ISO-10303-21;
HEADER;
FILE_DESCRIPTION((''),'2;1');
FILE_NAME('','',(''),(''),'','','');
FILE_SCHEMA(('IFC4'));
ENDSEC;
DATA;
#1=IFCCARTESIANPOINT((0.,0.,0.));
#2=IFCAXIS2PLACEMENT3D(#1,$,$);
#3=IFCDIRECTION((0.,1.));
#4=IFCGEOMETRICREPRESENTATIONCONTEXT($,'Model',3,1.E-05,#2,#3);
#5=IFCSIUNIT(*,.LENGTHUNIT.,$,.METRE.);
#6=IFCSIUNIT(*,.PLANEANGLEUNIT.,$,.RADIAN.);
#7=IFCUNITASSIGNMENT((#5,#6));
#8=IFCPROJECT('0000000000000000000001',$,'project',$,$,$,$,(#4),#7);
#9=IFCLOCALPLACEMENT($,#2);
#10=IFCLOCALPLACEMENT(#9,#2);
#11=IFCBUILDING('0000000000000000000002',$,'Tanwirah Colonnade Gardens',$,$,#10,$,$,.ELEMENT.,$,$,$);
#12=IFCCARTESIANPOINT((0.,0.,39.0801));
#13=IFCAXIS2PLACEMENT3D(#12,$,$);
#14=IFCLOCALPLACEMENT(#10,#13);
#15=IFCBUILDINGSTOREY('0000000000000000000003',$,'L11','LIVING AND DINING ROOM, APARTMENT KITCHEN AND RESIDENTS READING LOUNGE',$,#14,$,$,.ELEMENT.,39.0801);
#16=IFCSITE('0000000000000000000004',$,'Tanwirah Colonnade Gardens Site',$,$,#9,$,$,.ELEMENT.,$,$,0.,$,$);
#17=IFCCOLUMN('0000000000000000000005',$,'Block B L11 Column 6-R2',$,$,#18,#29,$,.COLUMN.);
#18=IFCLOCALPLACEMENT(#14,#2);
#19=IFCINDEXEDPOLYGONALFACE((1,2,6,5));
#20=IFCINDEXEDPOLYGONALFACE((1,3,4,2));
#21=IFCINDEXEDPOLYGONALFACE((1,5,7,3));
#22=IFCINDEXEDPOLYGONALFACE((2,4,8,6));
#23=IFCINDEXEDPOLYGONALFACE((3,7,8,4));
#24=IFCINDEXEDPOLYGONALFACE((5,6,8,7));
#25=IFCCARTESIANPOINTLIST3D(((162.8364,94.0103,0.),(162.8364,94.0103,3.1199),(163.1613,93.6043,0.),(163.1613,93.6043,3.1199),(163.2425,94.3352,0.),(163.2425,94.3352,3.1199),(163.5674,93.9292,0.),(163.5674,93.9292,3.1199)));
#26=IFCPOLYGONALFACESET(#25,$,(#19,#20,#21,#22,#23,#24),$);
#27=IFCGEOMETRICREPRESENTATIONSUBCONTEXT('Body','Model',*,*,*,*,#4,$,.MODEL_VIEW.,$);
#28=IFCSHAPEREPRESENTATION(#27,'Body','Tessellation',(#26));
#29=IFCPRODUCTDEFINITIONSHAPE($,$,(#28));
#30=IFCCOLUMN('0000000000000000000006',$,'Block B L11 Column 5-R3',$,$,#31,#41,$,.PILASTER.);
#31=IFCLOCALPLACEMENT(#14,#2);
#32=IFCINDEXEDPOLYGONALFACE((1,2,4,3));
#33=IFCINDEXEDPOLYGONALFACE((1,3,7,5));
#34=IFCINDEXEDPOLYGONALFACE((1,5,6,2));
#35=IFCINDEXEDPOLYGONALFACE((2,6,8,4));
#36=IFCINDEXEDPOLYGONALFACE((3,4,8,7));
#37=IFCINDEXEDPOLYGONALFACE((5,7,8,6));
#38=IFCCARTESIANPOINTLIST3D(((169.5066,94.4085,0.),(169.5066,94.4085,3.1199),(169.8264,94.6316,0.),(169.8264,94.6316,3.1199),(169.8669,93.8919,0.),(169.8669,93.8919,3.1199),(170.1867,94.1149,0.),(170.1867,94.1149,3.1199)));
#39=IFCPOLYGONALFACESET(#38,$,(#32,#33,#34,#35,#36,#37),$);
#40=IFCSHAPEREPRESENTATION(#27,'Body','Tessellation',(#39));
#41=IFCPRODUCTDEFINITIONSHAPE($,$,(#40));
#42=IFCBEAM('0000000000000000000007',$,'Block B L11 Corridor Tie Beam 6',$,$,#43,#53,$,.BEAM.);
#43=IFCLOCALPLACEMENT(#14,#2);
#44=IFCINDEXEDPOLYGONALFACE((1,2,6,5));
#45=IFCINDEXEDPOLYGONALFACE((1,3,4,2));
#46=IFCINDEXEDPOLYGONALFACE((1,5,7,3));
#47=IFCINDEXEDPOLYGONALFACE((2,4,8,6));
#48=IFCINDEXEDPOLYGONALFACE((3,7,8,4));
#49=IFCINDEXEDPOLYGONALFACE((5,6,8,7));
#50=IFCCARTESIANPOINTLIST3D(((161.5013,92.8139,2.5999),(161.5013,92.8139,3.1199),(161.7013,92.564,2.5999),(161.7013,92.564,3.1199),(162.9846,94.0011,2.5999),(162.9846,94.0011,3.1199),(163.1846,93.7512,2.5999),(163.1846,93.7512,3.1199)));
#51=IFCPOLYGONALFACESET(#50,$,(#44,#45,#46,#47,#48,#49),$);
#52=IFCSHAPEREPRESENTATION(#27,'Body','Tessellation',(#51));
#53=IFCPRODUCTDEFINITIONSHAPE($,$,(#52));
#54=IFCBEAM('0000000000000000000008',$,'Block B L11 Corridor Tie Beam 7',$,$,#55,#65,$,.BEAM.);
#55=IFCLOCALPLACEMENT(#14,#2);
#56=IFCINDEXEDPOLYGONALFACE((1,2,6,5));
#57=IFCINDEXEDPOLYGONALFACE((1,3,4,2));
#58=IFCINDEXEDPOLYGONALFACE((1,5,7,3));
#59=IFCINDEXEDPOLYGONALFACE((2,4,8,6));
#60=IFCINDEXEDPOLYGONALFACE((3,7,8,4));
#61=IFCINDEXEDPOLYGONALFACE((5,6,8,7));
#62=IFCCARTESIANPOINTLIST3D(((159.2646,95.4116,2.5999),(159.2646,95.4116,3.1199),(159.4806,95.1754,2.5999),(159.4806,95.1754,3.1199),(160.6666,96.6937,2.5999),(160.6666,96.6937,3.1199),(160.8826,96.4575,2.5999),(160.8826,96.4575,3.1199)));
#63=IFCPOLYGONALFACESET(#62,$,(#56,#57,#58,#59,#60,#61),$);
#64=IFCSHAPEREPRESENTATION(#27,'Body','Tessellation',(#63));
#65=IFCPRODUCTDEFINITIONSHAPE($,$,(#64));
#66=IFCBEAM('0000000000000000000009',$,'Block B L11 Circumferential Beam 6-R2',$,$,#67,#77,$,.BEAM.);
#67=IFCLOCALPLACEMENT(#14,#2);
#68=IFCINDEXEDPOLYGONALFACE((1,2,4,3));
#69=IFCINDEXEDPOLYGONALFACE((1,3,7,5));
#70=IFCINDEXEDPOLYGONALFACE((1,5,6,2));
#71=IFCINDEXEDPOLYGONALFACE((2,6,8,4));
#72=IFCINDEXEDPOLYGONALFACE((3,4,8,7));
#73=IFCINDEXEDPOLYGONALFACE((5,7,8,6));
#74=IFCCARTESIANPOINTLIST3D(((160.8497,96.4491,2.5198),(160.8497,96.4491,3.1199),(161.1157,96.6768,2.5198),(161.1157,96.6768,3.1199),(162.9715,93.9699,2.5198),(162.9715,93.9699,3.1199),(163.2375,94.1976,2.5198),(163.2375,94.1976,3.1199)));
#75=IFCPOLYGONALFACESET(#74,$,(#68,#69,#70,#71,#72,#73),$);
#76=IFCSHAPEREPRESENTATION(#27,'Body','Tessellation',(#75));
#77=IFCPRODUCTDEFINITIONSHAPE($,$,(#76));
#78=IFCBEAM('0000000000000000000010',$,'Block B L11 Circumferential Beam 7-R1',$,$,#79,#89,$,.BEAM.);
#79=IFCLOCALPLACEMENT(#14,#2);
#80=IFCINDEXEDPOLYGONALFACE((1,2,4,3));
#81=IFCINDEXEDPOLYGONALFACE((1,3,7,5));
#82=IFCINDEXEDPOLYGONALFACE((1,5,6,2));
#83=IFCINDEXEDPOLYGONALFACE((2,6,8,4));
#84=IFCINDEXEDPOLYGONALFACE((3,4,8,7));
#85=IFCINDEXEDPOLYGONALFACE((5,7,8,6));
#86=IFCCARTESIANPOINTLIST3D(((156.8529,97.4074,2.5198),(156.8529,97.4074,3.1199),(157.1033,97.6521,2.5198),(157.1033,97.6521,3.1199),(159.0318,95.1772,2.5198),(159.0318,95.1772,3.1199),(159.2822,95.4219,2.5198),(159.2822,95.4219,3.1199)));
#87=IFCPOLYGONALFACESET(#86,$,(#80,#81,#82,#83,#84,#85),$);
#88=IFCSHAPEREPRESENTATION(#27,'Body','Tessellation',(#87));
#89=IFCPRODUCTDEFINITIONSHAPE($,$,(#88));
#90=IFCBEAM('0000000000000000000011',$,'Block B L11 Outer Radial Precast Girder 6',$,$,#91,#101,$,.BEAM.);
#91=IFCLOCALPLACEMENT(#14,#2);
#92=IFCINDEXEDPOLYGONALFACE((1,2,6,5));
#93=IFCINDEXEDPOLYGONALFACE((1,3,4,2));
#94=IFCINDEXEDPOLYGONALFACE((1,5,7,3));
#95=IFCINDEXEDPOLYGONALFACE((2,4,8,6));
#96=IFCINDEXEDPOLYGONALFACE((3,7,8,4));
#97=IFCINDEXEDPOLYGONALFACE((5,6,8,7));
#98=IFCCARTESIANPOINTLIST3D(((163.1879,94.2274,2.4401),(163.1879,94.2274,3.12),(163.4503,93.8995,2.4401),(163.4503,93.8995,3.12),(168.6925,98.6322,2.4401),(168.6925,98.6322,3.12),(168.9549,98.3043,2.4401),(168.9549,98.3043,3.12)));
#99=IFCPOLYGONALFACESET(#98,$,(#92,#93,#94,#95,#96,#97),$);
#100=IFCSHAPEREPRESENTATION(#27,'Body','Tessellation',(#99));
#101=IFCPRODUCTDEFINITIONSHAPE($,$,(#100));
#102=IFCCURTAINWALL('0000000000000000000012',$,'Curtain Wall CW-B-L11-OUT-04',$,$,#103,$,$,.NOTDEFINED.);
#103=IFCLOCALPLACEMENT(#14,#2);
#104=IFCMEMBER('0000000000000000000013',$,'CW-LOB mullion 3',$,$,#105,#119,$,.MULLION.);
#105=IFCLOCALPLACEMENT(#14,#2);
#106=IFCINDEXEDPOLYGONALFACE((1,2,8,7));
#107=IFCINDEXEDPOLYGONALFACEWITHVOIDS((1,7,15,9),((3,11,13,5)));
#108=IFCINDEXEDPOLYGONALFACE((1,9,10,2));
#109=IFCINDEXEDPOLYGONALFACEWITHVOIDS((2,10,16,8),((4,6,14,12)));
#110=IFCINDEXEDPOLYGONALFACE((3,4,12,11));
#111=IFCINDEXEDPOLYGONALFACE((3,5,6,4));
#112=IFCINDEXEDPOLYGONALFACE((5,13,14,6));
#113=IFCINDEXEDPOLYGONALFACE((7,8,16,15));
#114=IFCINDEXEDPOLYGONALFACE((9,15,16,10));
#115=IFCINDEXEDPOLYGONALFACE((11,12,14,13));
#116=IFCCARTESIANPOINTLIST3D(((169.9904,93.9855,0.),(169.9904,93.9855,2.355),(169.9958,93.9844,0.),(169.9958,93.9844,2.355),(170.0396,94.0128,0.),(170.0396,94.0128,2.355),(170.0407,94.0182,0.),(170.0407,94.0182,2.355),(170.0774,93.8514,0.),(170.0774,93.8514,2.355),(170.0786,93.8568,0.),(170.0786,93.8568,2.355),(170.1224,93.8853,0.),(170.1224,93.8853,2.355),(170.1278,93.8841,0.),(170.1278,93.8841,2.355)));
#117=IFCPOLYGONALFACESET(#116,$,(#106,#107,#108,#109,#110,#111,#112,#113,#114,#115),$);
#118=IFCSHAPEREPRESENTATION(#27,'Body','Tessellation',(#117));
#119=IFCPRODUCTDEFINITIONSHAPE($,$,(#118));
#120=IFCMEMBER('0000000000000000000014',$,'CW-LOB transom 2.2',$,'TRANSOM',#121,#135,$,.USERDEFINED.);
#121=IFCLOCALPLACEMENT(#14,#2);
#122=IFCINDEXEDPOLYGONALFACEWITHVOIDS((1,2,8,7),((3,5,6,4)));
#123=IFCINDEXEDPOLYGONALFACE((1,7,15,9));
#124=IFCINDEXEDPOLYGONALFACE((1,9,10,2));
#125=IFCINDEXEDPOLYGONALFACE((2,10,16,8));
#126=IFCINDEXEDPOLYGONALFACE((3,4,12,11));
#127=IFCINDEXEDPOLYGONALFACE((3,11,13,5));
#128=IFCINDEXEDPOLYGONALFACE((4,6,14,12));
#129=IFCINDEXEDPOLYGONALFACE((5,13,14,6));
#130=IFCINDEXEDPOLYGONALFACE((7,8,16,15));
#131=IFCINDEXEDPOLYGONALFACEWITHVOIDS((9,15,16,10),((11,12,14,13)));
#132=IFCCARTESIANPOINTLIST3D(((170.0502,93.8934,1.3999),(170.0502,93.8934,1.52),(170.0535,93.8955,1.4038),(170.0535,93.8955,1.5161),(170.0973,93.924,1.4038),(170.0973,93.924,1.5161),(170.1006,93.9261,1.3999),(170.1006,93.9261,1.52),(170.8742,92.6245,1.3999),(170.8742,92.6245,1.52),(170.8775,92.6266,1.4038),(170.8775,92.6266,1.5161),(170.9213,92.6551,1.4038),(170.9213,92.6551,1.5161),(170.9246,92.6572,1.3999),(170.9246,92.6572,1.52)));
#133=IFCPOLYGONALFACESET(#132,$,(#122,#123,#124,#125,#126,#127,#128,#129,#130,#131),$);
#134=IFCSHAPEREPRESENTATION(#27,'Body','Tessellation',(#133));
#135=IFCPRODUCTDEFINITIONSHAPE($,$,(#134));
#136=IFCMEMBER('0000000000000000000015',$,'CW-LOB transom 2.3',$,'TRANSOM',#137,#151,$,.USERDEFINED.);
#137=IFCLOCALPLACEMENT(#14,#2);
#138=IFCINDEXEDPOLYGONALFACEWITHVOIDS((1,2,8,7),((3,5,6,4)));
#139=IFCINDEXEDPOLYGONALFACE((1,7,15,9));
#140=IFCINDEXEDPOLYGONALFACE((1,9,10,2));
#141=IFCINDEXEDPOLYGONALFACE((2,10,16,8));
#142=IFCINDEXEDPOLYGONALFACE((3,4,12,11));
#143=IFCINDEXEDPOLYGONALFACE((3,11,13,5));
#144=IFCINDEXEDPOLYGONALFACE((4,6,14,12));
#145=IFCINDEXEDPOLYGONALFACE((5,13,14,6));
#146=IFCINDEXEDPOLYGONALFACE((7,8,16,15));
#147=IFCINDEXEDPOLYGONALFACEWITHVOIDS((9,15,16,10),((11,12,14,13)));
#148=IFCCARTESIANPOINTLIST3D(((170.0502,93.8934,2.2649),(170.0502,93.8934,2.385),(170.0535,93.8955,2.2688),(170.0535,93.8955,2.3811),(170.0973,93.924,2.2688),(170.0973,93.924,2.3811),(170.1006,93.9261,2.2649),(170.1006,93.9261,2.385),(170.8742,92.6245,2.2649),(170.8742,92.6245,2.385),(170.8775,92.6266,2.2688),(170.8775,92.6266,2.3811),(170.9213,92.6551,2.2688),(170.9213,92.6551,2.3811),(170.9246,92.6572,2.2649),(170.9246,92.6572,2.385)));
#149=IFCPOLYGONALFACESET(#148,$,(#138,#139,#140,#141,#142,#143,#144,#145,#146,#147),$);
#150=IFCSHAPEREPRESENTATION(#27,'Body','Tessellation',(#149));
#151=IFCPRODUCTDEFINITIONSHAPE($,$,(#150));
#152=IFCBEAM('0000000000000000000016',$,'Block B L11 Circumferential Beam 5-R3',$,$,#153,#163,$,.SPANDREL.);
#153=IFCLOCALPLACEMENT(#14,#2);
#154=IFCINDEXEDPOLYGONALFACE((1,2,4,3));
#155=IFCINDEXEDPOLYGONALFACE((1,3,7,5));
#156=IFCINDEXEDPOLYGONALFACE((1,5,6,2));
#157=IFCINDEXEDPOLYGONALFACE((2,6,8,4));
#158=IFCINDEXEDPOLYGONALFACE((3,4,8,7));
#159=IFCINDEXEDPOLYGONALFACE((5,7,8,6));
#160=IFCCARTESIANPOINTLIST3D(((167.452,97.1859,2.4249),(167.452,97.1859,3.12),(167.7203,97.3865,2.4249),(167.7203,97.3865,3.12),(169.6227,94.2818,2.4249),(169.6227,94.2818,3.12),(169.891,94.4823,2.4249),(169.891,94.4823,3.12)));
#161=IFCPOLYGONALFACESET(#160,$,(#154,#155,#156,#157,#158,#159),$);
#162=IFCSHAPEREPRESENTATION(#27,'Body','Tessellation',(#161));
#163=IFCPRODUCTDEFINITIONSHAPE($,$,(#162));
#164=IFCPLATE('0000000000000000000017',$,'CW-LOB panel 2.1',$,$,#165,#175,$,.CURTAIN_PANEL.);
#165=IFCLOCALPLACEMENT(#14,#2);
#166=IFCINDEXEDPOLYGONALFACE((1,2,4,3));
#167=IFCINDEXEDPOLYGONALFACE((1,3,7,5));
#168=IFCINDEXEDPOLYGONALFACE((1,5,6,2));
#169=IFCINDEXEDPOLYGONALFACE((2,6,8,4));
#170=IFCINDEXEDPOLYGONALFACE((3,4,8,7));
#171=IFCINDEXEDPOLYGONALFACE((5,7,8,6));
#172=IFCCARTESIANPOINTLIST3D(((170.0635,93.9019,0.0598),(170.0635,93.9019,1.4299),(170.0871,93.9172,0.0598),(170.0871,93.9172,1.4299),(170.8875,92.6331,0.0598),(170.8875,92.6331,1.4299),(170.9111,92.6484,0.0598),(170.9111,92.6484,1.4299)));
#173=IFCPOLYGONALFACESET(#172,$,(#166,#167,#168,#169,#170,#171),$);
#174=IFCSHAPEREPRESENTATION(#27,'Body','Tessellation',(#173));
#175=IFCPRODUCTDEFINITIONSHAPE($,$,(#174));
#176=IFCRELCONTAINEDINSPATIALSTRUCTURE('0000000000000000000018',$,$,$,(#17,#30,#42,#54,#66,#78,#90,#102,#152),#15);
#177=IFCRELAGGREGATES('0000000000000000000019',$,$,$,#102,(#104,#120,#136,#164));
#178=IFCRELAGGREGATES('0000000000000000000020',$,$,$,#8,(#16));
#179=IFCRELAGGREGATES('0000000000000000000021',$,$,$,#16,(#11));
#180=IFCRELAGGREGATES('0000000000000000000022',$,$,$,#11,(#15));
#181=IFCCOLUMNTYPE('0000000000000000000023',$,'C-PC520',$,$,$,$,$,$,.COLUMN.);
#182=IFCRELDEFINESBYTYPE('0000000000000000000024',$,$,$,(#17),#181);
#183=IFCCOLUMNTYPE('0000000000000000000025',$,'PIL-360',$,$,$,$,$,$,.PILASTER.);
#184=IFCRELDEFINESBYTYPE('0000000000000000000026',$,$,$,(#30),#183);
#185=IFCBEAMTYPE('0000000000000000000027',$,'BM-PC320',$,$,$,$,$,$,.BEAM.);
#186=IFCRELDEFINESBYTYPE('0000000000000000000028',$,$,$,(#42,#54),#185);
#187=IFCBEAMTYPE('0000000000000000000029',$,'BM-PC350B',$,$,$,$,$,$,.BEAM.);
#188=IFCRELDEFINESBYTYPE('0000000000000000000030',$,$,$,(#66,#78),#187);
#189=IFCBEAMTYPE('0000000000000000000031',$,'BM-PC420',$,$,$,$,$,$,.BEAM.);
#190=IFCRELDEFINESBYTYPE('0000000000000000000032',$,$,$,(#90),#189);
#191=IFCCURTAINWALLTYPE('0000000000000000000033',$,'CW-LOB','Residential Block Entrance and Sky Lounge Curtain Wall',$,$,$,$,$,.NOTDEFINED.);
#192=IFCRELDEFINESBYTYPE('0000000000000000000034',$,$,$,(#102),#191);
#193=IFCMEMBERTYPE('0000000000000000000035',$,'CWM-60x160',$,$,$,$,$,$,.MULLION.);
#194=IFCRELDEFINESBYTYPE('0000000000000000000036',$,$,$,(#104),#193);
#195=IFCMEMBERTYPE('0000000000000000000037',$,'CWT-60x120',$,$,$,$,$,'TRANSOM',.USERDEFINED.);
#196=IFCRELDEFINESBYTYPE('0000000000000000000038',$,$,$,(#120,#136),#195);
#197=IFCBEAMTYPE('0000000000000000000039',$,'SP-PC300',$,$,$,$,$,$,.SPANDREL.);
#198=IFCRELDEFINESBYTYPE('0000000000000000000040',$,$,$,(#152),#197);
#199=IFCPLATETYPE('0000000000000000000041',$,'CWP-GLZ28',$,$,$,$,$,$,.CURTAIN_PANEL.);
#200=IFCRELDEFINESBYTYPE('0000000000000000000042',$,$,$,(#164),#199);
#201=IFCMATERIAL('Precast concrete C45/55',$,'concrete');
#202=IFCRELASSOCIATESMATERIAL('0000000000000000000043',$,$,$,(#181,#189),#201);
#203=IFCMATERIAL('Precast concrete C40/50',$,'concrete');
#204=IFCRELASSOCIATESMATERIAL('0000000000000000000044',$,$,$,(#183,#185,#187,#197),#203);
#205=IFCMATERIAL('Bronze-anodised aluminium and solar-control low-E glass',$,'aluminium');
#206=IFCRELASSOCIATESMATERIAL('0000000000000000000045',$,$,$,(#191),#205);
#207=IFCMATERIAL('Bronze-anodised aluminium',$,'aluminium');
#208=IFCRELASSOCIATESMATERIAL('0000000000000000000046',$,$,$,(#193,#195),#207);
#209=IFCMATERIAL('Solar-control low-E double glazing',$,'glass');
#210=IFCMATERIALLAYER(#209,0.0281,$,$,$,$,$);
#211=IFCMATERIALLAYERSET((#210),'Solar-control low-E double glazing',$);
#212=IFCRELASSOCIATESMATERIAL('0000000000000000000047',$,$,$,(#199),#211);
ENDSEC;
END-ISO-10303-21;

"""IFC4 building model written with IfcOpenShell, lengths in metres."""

from ifc_helpers import new_model, si_unit, direction, frame, origin, origin_2d, place, context, subcontext, project, spatial, rectangle, hollow_rectangle, extrude, material, layer, layer_set, material_profile, profile_set, type_object, element, aggregate, save


model = new_model("IFC4")

# Units and contexts
model_context = context("Model", 3, precision=1e-05, world=origin(), true_north=direction((0.0, 1.0)))
body_context = subcontext(model_context, "Body", "Model", "MODEL_VIEW")
ifc_project = project(units=[si_unit("LENGTHUNIT", "METRE"), si_unit("PLANEANGLEUNIT", "RADIAN")], contexts=[model_context])

# Site, building, storey
site_placement = place(None, origin())
site = spatial("IfcSite", under=ifc_project, at=site_placement, Name="Tanwirah Colonnade Gardens Site", CompositionType="ELEMENT", RefElevation=0.0)
building_placement = place(site_placement, origin())
building = spatial("IfcBuilding", under=site, at=building_placement, Name="Tanwirah Colonnade Gardens", CompositionType="ELEMENT")
storey_placement = place(building_placement, frame((0.0, 0.0, 39.0801)))
storey = spatial("IfcBuildingStorey", under=building, at=storey_placement, Name="L11", Description="LIVING AND DINING ROOM, APARTMENT KITCHEN AND RESIDENTS READING LOUNGE", CompositionType="ELEMENT", Elevation=39.0801)

# Columns
ifc_material_1 = material(Name="Precast concrete C45/55", Category="concrete")
ifc_material_profile_1 = material_profile(ifc_material_1, rectangle(XDim=0.52, YDim=0.52, at=origin_2d()), Name="PC-COL 520x520")
ifc_profile_set_1 = profile_set([ifc_material_profile_1], Name="Precast concrete C45/55")
column_type_1 = type_object("IfcColumnType", Name="C-PC520", PredefinedType="COLUMN", material=ifc_profile_set_1)
column_1_placement = place(storey_placement, frame((163.2019, 93.9697, 0.0), z_axis=(0.0, 0.0, 1.0), x_axis=(0.780794, 0.624789, 0.0)))
element("IfcColumn", 1, at=column_1_placement, inside=storey, type_object=column_type_1, Name="Block B L11 Column 6-R2", PredefinedType="COLUMN", context=body_context, shape_type="SweptSolid", body=[
    extrude(rectangle(XDim=0.52, YDim=0.52, at=origin_2d()), origin(), (0.0, 0.0, 1.0), 3.1199),
])
ifc_material_2 = material(Name="Precast concrete C40/50", Category="concrete")
ifc_material_profile_2 = material_profile(ifc_material_2, rectangle(XDim=0.3899, YDim=0.6299, at=origin_2d()), Name="PC-PIL 390x630")
ifc_profile_set_2 = profile_set([ifc_material_profile_2], Name="Precast concrete C40/50")
column_type_2 = type_object("IfcColumnType", Name="PIL-360", PredefinedType="PILASTER", material=ifc_profile_set_2)
column_2_placement = place(storey_placement, frame((169.8467, 94.2617, 0.0), z_axis=(0.0, 0.0, 1.0), x_axis=(0.820263, 0.571987, 0.0)))
element("IfcColumn", 2, at=column_2_placement, inside=storey, type_object=column_type_2, Name="Block B L11 Column 5-R3", PredefinedType="PILASTER", context=body_context, shape_type="SweptSolid", body=[
    extrude(rectangle(XDim=0.3899, YDim=0.6299, at=origin_2d()), origin(), (0.0, 0.0, 1.0), 3.1199),
])

# Beams
ifc_material_profile_3 = material_profile(ifc_material_2, rectangle(XDim=0.3201, YDim=0.52, at=origin_2d()), Name="PC-BM 320x520")
ifc_profile_set_3 = profile_set([ifc_material_profile_3], Name="Precast concrete C40/50")
beam_type_1 = type_object("IfcBeamType", Name="BM-PC320", PredefinedType="BEAM", material=ifc_profile_set_3)
for number, where, z_axis, x_axis, name in (
    (3, (161.6013, 92.689, 2.8599), (0.780731, 0.624867, 0.0), (-0.624867, 0.780731, 0.0), "Block B L11 Corridor Tie Beam 6"),
    (4, (159.3726, 95.2935, 2.8599), (0.737948, 0.674857, 0.0), (-0.674857, 0.737948, 0.0), "Block B L11 Corridor Tie Beam 7"),
):
    element("IfcBeam", number, at=place(storey_placement, frame(where, z_axis=z_axis, x_axis=x_axis)), inside=storey, type_object=beam_type_1, Name=name, PredefinedType="BEAM", context=body_context, shape_type="SweptSolid", body=[
        extrude(rectangle(XDim=0.3201, YDim=0.52, at=origin_2d()), origin(), (0.0, 0.0, 1.0), 1.8999),
    ])
ifc_material_profile_4 = material_profile(ifc_material_2, rectangle(XDim=0.3501, YDim=0.6001, at=origin_2d()), Name="PC-BM 350x600")
ifc_profile_set_4 = profile_set([ifc_material_profile_4], Name="Precast concrete C40/50")
beam_type_2 = type_object("IfcBeamType", Name="BM-PC350B", PredefinedType="BEAM", material=ifc_profile_set_4)
beam_1_placement = place(storey_placement, frame((163.1045, 94.0837, 2.8198), z_axis=(-0.650218, 0.759748, 0.0), x_axis=(-0.759748, -0.650218, 0.0)))
element("IfcBeam", 5, at=beam_1_placement, inside=storey, type_object=beam_type_2, Name="Block B L11 Circumferential Beam 6-R2", PredefinedType="BEAM", context=body_context, shape_type="SweptSolid", body=[
    extrude(rectangle(XDim=0.3501, YDim=0.6001, at=origin_2d()), origin(), (0.0, 0.0, 1.0), 3.2632),
])
beam_2_placement = place(storey_placement, frame((159.157, 95.2996, 2.8198), z_axis=(-0.698837, 0.715281, 0.0), x_axis=(-0.715281, -0.698837, 0.0)))
element("IfcBeam", 6, at=beam_2_placement, inside=storey, type_object=beam_type_2, Name="Block B L11 Circumferential Beam 7-R1", PredefinedType="BEAM", context=body_context, shape_type="SweptSolid", body=[
    extrude(rectangle(XDim=0.3501, YDim=0.6001, at=origin_2d()), origin(), (0.0, 0.0, 1.0), 3.1179),
])
ifc_material_profile_5 = material_profile(ifc_material_1, rectangle(XDim=0.4199, YDim=0.6799, at=origin_2d()), Name="PC-BM 420x680")
ifc_profile_set_5 = profile_set([ifc_material_profile_5], Name="Precast concrete C45/55")
beam_type_3 = type_object("IfcBeamType", Name="BM-PC420", PredefinedType="BEAM", material=ifc_profile_set_5)
beam_3_placement = place(storey_placement, frame((163.3191, 94.0635, 2.78), z_axis=(0.780794, 0.624788, 0.0), x_axis=(-0.624788, 0.780794, 0.0)))
element("IfcBeam", 7, at=beam_3_placement, inside=storey, type_object=beam_type_3, Name="Block B L11 Outer Radial Precast Girder 6", PredefinedType="BEAM", context=body_context, shape_type="SweptSolid", body=[
    extrude(rectangle(XDim=0.4199, YDim=0.6799, at=origin_2d()), origin(), (0.0, 0.0, 1.0), 7.05),
])

# Curtain wall, members
ifc_material_3 = material(Name="Bronze-anodised aluminium and solar-control low-E glass", Category="aluminium")
curtain_wall_type = type_object("IfcCurtainWallType", Name="CW-LOB", Description="Residential Block Entrance and Sky Lounge Curtain Wall", PredefinedType="NOTDEFINED", material=ifc_material_3)
curtain_wall_placement = place(storey_placement, origin())
curtain_wall = element("IfcCurtainWall", 8, at=curtain_wall_placement, inside=storey, type_object=curtain_wall_type, Name="Curtain Wall CW-B-L11-OUT-04", PredefinedType="NOTDEFINED")
ifc_material_4 = material(Name="Bronze-anodised aluminium", Category="aluminium")
ifc_material_profile_6 = material_profile(ifc_material_4, hollow_rectangle(XDim=0.0601, YDim=0.1599, WallThickness=0.0039, at=origin_2d()), Name="CW-MUL 60x160x4")
ifc_profile_set_6 = profile_set([ifc_material_profile_6], Name="Bronze-anodised aluminium")
member_type_1 = type_object("IfcMemberType", Name="CWM-60x160", PredefinedType="MULLION", material=ifc_profile_set_6)
member_1_placement = place(storey_placement, frame((170.0591, 93.9348, 0.0), z_axis=(0.0, 0.0, 1.0), x_axis=(-0.83867, -0.54464, 0.0)))
member_1 = element("IfcMember", 9, at=member_1_placement, type_object=member_type_1, Name="CW-LOB mullion 3", PredefinedType="MULLION", context=body_context, shape_type="SweptSolid", body=[
    extrude(hollow_rectangle(XDim=0.0601, YDim=0.1599, WallThickness=0.0039, at=origin_2d()), origin(), (0.0, 0.0, 1.0), 2.355),
])
ifc_material_profile_7 = material_profile(ifc_material_4, hollow_rectangle(XDim=0.0601, YDim=0.1201, WallThickness=0.0039, at=origin_2d()), Name="CW-TRN 60x120x4")
ifc_profile_set_7 = profile_set([ifc_material_profile_7], Name="Bronze-anodised aluminium")
member_type_2 = type_object("IfcMemberType", Name="CWT-60x120", ElementType="TRANSOM", PredefinedType="USERDEFINED", material=ifc_profile_set_7)
member_2_placement = place(storey_placement, frame((170.8994, 92.6409, 1.46), z_axis=(-0.544642, 0.838668, 0.0), x_axis=(-0.838668, -0.544642, 0.0)))
member_2 = element("IfcMember", 10, at=member_2_placement, type_object=member_type_2, Name="CW-LOB transom 2.2", ObjectType="TRANSOM", PredefinedType="USERDEFINED", context=body_context, shape_type="SweptSolid", body=[
    extrude(hollow_rectangle(XDim=0.0601, YDim=0.1201, WallThickness=0.0039, at=origin_2d()), origin(), (0.0, 0.0, 1.0), 1.5129),
])
member_3_placement = place(storey_placement, frame((170.8994, 92.6409, 2.325), z_axis=(-0.544642, 0.838668, 0.0), x_axis=(-0.838668, -0.544642, 0.0)))
member_3 = element("IfcMember", 11, at=member_3_placement, type_object=member_type_2, Name="CW-LOB transom 2.3", ObjectType="TRANSOM", PredefinedType="USERDEFINED", context=body_context, shape_type="SweptSolid", body=[
    extrude(hollow_rectangle(XDim=0.0601, YDim=0.1201, WallThickness=0.0039, at=origin_2d()), origin(), (0.0, 0.0, 1.0), 1.5129),
])

# Beam
ifc_material_profile_8 = material_profile(ifc_material_2, rectangle(XDim=0.335, YDim=0.6951, at=origin_2d()), Name="PC-SP 335x695")
ifc_profile_set_8 = profile_set([ifc_material_profile_8], Name="Precast concrete C40/50")
beam_type_4 = type_object("IfcBeamType", Name="SP-PC300", PredefinedType="SPANDREL", material=ifc_profile_set_8)
beam_4_placement = place(storey_placement, frame((169.7568, 94.3821, 2.7725), z_axis=(-0.598696, 0.800977, 0.0), x_axis=(-0.800977, -0.598696, 0.0)))
element("IfcBeam", 12, at=beam_4_placement, inside=storey, type_object=beam_type_4, Name="Block B L11 Circumferential Beam 5-R3", PredefinedType="SPANDREL", context=body_context, shape_type="SweptSolid", body=[
    extrude(rectangle(XDim=0.335, YDim=0.6951, at=origin_2d()), origin(), (0.0, 0.0, 1.0), 3.6257),
])

# Plate
ifc_material_5 = material(Name="Solar-control low-E double glazing", Category="glass")
ifc_layer_1 = layer(ifc_material_5, 0.0281)
ifc_layer_set_1 = layer_set([ifc_layer_1], Name="Solar-control low-E double glazing")
plate_type = type_object("IfcPlateType", Name="CWP-GLZ28", PredefinedType="CURTAIN_PANEL", material=ifc_layer_set_1)
plate_1_placement = place(storey_placement, frame((170.4873, 93.2751, 0.0598), z_axis=(0.0, 0.0, 1.0), x_axis=(-0.54464, 0.83867, 0.0)))
plate_1 = element("IfcPlate", 13, at=plate_1_placement, type_object=plate_type, Name="CW-LOB panel 2.1", PredefinedType="CURTAIN_PANEL", context=body_context, shape_type="SweptSolid", body=[
    extrude(rectangle(XDim=1.5129, YDim=0.0281, at=origin_2d()), origin(), (0.0, 0.0, 1.0), 1.3701),
])
aggregate(curtain_wall, [member_1, member_2, member_3, plate_1])

save(model, "model.ifc")
